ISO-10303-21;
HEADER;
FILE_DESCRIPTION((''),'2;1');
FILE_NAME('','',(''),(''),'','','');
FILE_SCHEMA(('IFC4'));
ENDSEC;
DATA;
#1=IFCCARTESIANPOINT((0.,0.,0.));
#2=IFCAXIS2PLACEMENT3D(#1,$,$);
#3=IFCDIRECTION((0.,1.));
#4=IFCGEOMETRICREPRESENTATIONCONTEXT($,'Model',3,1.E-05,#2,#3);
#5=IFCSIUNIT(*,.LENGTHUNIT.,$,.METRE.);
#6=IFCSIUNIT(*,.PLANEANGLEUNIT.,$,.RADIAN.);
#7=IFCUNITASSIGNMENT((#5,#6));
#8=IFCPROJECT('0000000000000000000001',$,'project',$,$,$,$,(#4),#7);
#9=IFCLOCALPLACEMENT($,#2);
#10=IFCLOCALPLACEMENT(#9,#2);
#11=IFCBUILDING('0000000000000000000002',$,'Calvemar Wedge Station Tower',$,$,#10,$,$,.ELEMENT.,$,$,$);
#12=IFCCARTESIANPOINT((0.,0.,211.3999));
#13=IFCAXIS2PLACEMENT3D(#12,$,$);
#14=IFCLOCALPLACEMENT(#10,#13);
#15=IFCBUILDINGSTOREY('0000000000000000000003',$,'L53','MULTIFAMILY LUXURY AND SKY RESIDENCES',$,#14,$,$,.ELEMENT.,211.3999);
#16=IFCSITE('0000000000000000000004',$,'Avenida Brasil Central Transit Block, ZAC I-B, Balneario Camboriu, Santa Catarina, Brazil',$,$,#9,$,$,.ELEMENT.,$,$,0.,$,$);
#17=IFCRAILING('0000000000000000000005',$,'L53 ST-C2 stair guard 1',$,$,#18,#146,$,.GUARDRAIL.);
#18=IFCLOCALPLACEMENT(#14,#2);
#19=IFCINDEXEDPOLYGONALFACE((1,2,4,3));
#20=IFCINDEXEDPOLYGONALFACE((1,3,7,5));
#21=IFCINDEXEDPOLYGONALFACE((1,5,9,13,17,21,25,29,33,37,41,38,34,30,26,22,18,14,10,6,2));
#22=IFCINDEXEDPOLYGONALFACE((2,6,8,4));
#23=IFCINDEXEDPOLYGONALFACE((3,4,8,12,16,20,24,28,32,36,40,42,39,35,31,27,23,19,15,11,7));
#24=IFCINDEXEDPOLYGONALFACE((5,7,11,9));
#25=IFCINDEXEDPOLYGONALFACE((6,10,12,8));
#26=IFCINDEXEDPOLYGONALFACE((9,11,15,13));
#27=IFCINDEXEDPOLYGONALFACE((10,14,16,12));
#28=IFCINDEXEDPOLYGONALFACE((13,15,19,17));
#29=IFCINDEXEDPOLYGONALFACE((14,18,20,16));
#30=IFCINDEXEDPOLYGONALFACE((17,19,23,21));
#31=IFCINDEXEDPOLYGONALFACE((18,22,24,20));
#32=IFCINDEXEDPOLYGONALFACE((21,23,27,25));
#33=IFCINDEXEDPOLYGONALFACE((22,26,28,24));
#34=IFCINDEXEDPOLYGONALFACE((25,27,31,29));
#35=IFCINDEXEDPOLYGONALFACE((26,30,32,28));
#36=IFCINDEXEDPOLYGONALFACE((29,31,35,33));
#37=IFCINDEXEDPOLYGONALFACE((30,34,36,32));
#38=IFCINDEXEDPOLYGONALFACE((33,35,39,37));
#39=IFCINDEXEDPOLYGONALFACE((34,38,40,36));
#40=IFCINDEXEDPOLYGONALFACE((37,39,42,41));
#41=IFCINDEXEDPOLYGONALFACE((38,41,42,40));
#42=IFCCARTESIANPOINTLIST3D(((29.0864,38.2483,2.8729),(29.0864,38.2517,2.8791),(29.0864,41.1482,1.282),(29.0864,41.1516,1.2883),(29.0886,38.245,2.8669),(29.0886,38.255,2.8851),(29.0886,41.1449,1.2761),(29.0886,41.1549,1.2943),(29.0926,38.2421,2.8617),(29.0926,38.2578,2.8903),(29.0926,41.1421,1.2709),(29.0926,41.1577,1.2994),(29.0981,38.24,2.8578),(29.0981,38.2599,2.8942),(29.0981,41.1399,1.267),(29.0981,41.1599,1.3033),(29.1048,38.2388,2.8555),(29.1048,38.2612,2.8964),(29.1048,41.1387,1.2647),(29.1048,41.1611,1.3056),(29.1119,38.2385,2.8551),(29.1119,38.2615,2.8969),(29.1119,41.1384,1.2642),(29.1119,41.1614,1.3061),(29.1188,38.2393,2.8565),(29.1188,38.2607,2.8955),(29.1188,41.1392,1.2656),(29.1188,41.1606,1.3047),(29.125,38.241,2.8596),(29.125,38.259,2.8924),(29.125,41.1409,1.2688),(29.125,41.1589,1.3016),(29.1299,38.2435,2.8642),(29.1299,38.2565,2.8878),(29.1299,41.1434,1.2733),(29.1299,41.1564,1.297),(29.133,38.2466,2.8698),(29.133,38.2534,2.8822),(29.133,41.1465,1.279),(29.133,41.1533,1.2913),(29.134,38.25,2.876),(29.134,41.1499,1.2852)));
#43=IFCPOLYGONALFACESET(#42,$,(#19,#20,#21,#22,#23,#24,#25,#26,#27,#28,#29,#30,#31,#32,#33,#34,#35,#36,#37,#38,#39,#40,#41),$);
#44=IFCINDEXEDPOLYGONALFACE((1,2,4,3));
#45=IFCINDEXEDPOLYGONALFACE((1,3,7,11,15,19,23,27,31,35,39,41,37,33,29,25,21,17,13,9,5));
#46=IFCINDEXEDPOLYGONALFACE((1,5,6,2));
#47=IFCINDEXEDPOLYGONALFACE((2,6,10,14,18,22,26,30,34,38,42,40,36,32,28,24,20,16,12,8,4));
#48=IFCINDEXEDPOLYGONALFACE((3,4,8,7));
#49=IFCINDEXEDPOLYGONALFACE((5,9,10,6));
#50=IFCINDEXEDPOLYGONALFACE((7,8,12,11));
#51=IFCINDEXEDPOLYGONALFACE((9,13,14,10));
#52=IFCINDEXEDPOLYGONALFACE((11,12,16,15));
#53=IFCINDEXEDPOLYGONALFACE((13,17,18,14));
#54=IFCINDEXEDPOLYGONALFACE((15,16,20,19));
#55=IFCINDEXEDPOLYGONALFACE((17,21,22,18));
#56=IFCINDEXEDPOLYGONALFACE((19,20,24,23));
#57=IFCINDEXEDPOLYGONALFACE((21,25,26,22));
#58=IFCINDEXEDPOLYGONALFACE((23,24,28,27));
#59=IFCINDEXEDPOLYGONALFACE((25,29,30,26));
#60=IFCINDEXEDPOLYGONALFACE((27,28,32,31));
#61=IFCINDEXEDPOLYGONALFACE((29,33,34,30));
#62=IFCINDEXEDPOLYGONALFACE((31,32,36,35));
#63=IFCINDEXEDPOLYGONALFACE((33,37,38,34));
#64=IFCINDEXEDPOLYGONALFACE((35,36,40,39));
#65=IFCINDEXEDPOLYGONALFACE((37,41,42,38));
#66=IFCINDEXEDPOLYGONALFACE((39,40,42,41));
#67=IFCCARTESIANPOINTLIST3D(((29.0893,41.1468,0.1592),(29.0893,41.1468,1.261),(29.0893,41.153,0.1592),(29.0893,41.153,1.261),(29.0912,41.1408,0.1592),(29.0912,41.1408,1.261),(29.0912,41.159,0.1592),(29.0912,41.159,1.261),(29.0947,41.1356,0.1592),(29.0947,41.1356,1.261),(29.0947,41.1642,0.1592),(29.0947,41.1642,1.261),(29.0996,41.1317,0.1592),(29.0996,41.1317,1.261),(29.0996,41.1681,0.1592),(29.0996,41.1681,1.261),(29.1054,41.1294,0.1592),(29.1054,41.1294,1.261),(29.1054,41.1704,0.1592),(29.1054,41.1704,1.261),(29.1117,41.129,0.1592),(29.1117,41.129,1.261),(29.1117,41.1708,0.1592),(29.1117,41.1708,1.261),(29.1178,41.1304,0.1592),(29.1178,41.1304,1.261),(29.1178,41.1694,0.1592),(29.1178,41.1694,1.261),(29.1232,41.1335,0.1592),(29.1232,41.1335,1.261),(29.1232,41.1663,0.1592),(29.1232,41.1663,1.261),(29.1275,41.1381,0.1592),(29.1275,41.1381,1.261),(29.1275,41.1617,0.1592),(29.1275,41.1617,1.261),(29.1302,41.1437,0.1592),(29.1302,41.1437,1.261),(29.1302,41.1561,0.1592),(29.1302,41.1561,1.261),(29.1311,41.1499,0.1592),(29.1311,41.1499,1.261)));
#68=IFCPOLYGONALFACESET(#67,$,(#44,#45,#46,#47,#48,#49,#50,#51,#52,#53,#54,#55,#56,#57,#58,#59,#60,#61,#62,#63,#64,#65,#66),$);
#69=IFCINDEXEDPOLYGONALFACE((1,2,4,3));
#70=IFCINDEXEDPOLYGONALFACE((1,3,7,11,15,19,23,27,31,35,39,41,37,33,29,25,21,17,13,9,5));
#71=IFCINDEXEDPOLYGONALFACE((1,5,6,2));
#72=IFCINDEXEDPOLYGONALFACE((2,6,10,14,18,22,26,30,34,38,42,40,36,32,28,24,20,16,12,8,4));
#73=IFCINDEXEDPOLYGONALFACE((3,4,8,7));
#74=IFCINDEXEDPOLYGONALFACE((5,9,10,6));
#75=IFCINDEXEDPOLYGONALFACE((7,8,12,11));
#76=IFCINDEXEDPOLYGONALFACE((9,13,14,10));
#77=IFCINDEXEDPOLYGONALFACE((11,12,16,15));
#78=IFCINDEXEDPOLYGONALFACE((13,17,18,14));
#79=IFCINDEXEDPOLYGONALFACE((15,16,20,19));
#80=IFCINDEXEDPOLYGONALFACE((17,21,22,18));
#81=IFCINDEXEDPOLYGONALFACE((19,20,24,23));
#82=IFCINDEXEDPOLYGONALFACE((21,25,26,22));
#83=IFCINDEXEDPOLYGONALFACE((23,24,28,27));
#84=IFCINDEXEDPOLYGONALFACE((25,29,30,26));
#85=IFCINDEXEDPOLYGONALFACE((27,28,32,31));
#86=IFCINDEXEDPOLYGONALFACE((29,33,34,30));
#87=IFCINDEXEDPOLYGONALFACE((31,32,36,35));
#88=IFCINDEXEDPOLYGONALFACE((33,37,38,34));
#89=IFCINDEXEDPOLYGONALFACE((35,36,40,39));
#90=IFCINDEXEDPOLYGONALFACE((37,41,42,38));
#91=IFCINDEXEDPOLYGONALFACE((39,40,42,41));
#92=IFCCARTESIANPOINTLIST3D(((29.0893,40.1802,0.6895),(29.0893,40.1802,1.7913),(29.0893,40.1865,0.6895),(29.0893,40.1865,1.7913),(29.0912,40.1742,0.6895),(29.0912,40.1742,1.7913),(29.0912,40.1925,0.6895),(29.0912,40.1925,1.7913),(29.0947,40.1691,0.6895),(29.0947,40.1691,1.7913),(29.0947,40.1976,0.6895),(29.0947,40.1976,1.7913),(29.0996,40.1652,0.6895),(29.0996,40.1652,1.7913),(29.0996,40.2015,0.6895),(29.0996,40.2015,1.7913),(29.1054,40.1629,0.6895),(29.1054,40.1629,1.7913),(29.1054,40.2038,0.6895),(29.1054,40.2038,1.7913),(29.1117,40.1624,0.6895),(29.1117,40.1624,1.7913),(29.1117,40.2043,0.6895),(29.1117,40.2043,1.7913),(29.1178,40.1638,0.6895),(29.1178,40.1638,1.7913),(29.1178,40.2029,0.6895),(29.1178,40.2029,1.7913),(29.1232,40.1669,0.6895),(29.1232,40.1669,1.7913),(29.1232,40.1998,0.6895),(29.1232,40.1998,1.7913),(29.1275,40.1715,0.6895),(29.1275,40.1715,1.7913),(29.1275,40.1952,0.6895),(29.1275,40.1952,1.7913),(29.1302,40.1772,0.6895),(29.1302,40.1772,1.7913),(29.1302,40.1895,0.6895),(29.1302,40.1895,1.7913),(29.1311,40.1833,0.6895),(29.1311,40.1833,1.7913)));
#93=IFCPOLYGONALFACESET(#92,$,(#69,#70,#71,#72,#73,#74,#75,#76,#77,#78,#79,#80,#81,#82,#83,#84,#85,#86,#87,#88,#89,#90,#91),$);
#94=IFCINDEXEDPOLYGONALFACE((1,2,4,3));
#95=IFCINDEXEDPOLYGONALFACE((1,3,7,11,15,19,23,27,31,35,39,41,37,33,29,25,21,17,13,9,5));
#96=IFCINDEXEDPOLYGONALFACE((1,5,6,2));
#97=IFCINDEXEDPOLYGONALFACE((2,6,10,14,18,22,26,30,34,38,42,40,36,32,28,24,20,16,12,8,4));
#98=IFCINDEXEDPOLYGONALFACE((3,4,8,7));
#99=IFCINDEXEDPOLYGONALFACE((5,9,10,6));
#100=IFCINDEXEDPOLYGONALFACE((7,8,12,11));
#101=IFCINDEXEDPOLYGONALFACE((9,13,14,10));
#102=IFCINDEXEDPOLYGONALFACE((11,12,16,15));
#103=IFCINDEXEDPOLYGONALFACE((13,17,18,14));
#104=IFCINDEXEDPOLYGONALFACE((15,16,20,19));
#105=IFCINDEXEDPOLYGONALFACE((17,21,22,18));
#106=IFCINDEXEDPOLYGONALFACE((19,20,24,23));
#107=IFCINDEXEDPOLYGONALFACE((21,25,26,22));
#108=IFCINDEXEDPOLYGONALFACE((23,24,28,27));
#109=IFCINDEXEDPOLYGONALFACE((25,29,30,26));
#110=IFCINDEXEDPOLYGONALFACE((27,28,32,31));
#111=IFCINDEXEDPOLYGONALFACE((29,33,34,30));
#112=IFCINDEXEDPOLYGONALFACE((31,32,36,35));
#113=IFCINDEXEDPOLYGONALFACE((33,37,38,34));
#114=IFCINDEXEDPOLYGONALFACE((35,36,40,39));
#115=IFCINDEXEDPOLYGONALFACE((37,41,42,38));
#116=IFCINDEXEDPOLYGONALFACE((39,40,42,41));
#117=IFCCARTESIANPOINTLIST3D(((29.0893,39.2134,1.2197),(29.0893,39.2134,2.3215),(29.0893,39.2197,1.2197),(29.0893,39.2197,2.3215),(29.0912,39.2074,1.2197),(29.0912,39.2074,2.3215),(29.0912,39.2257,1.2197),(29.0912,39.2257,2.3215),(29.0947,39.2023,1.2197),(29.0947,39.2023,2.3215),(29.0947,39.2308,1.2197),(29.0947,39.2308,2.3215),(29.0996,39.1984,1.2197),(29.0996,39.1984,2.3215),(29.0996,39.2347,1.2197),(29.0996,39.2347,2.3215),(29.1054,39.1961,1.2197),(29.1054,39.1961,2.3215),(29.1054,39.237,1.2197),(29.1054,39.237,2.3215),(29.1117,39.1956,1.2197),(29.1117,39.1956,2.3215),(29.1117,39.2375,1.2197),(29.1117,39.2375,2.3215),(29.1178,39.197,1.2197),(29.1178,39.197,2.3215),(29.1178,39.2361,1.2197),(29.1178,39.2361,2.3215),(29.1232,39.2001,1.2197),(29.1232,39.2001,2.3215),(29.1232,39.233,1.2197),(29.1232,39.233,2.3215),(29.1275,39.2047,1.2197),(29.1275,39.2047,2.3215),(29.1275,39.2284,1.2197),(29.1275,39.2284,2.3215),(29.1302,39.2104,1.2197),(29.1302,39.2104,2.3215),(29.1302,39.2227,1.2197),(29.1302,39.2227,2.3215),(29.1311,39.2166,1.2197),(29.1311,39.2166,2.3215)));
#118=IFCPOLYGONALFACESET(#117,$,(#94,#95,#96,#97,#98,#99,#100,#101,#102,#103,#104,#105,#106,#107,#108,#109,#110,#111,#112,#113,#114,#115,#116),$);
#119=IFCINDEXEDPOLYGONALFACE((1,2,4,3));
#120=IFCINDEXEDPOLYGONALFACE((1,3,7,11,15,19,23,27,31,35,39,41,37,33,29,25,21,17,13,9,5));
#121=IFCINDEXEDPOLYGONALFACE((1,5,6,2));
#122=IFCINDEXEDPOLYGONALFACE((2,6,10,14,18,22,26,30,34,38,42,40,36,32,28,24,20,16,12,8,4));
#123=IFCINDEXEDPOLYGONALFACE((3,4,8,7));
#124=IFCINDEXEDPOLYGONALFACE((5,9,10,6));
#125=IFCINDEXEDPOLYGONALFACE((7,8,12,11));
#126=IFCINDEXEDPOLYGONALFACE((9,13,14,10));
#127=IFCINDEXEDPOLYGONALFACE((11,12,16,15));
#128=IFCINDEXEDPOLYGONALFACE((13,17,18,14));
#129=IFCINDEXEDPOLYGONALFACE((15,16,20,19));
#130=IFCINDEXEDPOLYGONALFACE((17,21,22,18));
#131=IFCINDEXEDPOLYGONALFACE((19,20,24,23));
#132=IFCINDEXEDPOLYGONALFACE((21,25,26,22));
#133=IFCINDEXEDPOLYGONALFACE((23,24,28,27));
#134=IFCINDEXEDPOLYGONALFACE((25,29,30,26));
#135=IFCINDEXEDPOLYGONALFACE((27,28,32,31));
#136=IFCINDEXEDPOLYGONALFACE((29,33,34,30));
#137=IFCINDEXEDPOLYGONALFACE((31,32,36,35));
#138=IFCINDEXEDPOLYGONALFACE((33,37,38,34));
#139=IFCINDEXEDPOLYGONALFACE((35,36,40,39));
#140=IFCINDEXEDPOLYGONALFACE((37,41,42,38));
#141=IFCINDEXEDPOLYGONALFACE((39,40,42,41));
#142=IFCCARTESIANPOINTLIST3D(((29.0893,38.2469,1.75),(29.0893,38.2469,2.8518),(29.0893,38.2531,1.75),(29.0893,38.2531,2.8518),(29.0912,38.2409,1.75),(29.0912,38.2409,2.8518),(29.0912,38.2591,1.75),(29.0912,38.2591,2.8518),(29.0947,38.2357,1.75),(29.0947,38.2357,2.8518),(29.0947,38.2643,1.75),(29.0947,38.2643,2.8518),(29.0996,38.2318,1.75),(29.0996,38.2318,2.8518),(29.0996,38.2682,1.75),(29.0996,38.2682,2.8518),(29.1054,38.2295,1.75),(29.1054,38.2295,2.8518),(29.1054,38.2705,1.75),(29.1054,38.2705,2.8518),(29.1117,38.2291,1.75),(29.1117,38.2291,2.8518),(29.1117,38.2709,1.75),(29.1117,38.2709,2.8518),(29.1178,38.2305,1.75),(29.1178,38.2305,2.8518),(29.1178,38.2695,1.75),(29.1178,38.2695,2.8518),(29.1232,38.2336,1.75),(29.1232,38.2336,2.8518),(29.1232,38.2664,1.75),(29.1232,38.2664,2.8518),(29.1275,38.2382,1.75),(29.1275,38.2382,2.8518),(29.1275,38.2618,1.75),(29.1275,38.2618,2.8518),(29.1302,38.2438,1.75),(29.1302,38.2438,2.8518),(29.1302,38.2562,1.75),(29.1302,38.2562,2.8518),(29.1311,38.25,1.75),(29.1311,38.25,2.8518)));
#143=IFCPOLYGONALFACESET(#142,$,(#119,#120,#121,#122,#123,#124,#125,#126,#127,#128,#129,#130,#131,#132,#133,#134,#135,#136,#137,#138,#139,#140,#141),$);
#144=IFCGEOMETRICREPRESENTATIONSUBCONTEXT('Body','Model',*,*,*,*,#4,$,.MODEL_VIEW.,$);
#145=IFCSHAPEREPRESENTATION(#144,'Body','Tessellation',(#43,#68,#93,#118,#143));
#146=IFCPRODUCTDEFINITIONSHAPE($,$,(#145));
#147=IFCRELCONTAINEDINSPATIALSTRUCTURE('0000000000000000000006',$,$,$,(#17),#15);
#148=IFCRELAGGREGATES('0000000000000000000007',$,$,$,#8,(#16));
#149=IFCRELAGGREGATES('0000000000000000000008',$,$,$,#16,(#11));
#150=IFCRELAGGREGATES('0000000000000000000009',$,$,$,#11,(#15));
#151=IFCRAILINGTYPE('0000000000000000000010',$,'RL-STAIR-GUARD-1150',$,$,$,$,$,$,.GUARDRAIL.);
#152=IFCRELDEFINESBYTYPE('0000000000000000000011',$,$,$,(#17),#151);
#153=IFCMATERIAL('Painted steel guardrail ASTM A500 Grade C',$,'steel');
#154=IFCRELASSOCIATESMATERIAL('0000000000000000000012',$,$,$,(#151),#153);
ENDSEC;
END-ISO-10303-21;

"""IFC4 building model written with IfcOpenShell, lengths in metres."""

from ifc_helpers import new_model, si_unit, direction, frame, origin, origin_2d, place, context, subcontext, project, spatial, circle, extrude, material, type_object, element, save


model = new_model("IFC4")

# Units and contexts
model_context = context("Model", 3, precision=1e-05, world=origin(), true_north=direction((0.0, 1.0)))
body_context = subcontext(model_context, "Body", "Model", "MODEL_VIEW")
ifc_project = project(units=[si_unit("LENGTHUNIT", "METRE"), si_unit("PLANEANGLEUNIT", "RADIAN")], contexts=[model_context])

# Site, building, storey
site_placement = place(None, origin())
site = spatial("IfcSite", under=ifc_project, at=site_placement, Name="Avenida Brasil Central Transit Block, ZAC I-B, Balneario Camboriu, Santa Catarina, Brazil", CompositionType="ELEMENT", RefElevation=0.0)
building_placement = place(site_placement, origin())
building = spatial("IfcBuilding", under=site, at=building_placement, Name="Calvemar Wedge Station Tower", CompositionType="ELEMENT")
storey_placement = place(building_placement, frame((0.0, 0.0, 211.3999)))
storey = spatial("IfcBuildingStorey", under=building, at=storey_placement, Name="L53", Description="MULTIFAMILY LUXURY AND SKY RESIDENCES", CompositionType="ELEMENT", Elevation=211.3999)

# Railing
ifc_material_1 = material(Name="Painted steel guardrail ASTM A500 Grade C", Category="steel")
railing_type_1 = type_object("IfcRailingType", Name="RL-STAIR-GUARD-1150", PredefinedType="GUARDRAIL", material=ifc_material_1)
railing_1_placement = place(storey_placement, frame((29.1101, 41.1499, 0.1592)))
element("IfcRailing", 1, at=railing_1_placement, inside=storey, type_object=railing_type_1, Name="L53 ST-C2 stair guard 1", PredefinedType="GUARDRAIL", context=body_context, shape_type="SweptSolid", body=[
    extrude(circle(Radius=0.0239, at=origin_2d()), frame((0.0, 0.0, 1.126), z_axis=(0.0, -0.876742, 0.480961), x_axis=(1.0, 0.0, 0.0)), (0.0, 0.0, 1.0), 3.3076),
    extrude(circle(Radius=0.021, at=origin_2d()), origin(), (0.0, 0.0, 1.0), 1.1018),
    extrude(circle(Radius=0.021, at=origin_2d()), frame((0.0, -0.9666, 0.5303)), (0.0, 0.0, 1.0), 1.1018),
    extrude(circle(Radius=0.021, at=origin_2d()), frame((0.0, -1.9333, 1.0605)), (0.0, 0.0, 1.0), 1.1018),
    extrude(circle(Radius=0.021, at=origin_2d()), frame((0.0, -2.8999, 1.5908)), (0.0, 0.0, 1.0), 1.1018),
])

save(model, "model.ifc")
